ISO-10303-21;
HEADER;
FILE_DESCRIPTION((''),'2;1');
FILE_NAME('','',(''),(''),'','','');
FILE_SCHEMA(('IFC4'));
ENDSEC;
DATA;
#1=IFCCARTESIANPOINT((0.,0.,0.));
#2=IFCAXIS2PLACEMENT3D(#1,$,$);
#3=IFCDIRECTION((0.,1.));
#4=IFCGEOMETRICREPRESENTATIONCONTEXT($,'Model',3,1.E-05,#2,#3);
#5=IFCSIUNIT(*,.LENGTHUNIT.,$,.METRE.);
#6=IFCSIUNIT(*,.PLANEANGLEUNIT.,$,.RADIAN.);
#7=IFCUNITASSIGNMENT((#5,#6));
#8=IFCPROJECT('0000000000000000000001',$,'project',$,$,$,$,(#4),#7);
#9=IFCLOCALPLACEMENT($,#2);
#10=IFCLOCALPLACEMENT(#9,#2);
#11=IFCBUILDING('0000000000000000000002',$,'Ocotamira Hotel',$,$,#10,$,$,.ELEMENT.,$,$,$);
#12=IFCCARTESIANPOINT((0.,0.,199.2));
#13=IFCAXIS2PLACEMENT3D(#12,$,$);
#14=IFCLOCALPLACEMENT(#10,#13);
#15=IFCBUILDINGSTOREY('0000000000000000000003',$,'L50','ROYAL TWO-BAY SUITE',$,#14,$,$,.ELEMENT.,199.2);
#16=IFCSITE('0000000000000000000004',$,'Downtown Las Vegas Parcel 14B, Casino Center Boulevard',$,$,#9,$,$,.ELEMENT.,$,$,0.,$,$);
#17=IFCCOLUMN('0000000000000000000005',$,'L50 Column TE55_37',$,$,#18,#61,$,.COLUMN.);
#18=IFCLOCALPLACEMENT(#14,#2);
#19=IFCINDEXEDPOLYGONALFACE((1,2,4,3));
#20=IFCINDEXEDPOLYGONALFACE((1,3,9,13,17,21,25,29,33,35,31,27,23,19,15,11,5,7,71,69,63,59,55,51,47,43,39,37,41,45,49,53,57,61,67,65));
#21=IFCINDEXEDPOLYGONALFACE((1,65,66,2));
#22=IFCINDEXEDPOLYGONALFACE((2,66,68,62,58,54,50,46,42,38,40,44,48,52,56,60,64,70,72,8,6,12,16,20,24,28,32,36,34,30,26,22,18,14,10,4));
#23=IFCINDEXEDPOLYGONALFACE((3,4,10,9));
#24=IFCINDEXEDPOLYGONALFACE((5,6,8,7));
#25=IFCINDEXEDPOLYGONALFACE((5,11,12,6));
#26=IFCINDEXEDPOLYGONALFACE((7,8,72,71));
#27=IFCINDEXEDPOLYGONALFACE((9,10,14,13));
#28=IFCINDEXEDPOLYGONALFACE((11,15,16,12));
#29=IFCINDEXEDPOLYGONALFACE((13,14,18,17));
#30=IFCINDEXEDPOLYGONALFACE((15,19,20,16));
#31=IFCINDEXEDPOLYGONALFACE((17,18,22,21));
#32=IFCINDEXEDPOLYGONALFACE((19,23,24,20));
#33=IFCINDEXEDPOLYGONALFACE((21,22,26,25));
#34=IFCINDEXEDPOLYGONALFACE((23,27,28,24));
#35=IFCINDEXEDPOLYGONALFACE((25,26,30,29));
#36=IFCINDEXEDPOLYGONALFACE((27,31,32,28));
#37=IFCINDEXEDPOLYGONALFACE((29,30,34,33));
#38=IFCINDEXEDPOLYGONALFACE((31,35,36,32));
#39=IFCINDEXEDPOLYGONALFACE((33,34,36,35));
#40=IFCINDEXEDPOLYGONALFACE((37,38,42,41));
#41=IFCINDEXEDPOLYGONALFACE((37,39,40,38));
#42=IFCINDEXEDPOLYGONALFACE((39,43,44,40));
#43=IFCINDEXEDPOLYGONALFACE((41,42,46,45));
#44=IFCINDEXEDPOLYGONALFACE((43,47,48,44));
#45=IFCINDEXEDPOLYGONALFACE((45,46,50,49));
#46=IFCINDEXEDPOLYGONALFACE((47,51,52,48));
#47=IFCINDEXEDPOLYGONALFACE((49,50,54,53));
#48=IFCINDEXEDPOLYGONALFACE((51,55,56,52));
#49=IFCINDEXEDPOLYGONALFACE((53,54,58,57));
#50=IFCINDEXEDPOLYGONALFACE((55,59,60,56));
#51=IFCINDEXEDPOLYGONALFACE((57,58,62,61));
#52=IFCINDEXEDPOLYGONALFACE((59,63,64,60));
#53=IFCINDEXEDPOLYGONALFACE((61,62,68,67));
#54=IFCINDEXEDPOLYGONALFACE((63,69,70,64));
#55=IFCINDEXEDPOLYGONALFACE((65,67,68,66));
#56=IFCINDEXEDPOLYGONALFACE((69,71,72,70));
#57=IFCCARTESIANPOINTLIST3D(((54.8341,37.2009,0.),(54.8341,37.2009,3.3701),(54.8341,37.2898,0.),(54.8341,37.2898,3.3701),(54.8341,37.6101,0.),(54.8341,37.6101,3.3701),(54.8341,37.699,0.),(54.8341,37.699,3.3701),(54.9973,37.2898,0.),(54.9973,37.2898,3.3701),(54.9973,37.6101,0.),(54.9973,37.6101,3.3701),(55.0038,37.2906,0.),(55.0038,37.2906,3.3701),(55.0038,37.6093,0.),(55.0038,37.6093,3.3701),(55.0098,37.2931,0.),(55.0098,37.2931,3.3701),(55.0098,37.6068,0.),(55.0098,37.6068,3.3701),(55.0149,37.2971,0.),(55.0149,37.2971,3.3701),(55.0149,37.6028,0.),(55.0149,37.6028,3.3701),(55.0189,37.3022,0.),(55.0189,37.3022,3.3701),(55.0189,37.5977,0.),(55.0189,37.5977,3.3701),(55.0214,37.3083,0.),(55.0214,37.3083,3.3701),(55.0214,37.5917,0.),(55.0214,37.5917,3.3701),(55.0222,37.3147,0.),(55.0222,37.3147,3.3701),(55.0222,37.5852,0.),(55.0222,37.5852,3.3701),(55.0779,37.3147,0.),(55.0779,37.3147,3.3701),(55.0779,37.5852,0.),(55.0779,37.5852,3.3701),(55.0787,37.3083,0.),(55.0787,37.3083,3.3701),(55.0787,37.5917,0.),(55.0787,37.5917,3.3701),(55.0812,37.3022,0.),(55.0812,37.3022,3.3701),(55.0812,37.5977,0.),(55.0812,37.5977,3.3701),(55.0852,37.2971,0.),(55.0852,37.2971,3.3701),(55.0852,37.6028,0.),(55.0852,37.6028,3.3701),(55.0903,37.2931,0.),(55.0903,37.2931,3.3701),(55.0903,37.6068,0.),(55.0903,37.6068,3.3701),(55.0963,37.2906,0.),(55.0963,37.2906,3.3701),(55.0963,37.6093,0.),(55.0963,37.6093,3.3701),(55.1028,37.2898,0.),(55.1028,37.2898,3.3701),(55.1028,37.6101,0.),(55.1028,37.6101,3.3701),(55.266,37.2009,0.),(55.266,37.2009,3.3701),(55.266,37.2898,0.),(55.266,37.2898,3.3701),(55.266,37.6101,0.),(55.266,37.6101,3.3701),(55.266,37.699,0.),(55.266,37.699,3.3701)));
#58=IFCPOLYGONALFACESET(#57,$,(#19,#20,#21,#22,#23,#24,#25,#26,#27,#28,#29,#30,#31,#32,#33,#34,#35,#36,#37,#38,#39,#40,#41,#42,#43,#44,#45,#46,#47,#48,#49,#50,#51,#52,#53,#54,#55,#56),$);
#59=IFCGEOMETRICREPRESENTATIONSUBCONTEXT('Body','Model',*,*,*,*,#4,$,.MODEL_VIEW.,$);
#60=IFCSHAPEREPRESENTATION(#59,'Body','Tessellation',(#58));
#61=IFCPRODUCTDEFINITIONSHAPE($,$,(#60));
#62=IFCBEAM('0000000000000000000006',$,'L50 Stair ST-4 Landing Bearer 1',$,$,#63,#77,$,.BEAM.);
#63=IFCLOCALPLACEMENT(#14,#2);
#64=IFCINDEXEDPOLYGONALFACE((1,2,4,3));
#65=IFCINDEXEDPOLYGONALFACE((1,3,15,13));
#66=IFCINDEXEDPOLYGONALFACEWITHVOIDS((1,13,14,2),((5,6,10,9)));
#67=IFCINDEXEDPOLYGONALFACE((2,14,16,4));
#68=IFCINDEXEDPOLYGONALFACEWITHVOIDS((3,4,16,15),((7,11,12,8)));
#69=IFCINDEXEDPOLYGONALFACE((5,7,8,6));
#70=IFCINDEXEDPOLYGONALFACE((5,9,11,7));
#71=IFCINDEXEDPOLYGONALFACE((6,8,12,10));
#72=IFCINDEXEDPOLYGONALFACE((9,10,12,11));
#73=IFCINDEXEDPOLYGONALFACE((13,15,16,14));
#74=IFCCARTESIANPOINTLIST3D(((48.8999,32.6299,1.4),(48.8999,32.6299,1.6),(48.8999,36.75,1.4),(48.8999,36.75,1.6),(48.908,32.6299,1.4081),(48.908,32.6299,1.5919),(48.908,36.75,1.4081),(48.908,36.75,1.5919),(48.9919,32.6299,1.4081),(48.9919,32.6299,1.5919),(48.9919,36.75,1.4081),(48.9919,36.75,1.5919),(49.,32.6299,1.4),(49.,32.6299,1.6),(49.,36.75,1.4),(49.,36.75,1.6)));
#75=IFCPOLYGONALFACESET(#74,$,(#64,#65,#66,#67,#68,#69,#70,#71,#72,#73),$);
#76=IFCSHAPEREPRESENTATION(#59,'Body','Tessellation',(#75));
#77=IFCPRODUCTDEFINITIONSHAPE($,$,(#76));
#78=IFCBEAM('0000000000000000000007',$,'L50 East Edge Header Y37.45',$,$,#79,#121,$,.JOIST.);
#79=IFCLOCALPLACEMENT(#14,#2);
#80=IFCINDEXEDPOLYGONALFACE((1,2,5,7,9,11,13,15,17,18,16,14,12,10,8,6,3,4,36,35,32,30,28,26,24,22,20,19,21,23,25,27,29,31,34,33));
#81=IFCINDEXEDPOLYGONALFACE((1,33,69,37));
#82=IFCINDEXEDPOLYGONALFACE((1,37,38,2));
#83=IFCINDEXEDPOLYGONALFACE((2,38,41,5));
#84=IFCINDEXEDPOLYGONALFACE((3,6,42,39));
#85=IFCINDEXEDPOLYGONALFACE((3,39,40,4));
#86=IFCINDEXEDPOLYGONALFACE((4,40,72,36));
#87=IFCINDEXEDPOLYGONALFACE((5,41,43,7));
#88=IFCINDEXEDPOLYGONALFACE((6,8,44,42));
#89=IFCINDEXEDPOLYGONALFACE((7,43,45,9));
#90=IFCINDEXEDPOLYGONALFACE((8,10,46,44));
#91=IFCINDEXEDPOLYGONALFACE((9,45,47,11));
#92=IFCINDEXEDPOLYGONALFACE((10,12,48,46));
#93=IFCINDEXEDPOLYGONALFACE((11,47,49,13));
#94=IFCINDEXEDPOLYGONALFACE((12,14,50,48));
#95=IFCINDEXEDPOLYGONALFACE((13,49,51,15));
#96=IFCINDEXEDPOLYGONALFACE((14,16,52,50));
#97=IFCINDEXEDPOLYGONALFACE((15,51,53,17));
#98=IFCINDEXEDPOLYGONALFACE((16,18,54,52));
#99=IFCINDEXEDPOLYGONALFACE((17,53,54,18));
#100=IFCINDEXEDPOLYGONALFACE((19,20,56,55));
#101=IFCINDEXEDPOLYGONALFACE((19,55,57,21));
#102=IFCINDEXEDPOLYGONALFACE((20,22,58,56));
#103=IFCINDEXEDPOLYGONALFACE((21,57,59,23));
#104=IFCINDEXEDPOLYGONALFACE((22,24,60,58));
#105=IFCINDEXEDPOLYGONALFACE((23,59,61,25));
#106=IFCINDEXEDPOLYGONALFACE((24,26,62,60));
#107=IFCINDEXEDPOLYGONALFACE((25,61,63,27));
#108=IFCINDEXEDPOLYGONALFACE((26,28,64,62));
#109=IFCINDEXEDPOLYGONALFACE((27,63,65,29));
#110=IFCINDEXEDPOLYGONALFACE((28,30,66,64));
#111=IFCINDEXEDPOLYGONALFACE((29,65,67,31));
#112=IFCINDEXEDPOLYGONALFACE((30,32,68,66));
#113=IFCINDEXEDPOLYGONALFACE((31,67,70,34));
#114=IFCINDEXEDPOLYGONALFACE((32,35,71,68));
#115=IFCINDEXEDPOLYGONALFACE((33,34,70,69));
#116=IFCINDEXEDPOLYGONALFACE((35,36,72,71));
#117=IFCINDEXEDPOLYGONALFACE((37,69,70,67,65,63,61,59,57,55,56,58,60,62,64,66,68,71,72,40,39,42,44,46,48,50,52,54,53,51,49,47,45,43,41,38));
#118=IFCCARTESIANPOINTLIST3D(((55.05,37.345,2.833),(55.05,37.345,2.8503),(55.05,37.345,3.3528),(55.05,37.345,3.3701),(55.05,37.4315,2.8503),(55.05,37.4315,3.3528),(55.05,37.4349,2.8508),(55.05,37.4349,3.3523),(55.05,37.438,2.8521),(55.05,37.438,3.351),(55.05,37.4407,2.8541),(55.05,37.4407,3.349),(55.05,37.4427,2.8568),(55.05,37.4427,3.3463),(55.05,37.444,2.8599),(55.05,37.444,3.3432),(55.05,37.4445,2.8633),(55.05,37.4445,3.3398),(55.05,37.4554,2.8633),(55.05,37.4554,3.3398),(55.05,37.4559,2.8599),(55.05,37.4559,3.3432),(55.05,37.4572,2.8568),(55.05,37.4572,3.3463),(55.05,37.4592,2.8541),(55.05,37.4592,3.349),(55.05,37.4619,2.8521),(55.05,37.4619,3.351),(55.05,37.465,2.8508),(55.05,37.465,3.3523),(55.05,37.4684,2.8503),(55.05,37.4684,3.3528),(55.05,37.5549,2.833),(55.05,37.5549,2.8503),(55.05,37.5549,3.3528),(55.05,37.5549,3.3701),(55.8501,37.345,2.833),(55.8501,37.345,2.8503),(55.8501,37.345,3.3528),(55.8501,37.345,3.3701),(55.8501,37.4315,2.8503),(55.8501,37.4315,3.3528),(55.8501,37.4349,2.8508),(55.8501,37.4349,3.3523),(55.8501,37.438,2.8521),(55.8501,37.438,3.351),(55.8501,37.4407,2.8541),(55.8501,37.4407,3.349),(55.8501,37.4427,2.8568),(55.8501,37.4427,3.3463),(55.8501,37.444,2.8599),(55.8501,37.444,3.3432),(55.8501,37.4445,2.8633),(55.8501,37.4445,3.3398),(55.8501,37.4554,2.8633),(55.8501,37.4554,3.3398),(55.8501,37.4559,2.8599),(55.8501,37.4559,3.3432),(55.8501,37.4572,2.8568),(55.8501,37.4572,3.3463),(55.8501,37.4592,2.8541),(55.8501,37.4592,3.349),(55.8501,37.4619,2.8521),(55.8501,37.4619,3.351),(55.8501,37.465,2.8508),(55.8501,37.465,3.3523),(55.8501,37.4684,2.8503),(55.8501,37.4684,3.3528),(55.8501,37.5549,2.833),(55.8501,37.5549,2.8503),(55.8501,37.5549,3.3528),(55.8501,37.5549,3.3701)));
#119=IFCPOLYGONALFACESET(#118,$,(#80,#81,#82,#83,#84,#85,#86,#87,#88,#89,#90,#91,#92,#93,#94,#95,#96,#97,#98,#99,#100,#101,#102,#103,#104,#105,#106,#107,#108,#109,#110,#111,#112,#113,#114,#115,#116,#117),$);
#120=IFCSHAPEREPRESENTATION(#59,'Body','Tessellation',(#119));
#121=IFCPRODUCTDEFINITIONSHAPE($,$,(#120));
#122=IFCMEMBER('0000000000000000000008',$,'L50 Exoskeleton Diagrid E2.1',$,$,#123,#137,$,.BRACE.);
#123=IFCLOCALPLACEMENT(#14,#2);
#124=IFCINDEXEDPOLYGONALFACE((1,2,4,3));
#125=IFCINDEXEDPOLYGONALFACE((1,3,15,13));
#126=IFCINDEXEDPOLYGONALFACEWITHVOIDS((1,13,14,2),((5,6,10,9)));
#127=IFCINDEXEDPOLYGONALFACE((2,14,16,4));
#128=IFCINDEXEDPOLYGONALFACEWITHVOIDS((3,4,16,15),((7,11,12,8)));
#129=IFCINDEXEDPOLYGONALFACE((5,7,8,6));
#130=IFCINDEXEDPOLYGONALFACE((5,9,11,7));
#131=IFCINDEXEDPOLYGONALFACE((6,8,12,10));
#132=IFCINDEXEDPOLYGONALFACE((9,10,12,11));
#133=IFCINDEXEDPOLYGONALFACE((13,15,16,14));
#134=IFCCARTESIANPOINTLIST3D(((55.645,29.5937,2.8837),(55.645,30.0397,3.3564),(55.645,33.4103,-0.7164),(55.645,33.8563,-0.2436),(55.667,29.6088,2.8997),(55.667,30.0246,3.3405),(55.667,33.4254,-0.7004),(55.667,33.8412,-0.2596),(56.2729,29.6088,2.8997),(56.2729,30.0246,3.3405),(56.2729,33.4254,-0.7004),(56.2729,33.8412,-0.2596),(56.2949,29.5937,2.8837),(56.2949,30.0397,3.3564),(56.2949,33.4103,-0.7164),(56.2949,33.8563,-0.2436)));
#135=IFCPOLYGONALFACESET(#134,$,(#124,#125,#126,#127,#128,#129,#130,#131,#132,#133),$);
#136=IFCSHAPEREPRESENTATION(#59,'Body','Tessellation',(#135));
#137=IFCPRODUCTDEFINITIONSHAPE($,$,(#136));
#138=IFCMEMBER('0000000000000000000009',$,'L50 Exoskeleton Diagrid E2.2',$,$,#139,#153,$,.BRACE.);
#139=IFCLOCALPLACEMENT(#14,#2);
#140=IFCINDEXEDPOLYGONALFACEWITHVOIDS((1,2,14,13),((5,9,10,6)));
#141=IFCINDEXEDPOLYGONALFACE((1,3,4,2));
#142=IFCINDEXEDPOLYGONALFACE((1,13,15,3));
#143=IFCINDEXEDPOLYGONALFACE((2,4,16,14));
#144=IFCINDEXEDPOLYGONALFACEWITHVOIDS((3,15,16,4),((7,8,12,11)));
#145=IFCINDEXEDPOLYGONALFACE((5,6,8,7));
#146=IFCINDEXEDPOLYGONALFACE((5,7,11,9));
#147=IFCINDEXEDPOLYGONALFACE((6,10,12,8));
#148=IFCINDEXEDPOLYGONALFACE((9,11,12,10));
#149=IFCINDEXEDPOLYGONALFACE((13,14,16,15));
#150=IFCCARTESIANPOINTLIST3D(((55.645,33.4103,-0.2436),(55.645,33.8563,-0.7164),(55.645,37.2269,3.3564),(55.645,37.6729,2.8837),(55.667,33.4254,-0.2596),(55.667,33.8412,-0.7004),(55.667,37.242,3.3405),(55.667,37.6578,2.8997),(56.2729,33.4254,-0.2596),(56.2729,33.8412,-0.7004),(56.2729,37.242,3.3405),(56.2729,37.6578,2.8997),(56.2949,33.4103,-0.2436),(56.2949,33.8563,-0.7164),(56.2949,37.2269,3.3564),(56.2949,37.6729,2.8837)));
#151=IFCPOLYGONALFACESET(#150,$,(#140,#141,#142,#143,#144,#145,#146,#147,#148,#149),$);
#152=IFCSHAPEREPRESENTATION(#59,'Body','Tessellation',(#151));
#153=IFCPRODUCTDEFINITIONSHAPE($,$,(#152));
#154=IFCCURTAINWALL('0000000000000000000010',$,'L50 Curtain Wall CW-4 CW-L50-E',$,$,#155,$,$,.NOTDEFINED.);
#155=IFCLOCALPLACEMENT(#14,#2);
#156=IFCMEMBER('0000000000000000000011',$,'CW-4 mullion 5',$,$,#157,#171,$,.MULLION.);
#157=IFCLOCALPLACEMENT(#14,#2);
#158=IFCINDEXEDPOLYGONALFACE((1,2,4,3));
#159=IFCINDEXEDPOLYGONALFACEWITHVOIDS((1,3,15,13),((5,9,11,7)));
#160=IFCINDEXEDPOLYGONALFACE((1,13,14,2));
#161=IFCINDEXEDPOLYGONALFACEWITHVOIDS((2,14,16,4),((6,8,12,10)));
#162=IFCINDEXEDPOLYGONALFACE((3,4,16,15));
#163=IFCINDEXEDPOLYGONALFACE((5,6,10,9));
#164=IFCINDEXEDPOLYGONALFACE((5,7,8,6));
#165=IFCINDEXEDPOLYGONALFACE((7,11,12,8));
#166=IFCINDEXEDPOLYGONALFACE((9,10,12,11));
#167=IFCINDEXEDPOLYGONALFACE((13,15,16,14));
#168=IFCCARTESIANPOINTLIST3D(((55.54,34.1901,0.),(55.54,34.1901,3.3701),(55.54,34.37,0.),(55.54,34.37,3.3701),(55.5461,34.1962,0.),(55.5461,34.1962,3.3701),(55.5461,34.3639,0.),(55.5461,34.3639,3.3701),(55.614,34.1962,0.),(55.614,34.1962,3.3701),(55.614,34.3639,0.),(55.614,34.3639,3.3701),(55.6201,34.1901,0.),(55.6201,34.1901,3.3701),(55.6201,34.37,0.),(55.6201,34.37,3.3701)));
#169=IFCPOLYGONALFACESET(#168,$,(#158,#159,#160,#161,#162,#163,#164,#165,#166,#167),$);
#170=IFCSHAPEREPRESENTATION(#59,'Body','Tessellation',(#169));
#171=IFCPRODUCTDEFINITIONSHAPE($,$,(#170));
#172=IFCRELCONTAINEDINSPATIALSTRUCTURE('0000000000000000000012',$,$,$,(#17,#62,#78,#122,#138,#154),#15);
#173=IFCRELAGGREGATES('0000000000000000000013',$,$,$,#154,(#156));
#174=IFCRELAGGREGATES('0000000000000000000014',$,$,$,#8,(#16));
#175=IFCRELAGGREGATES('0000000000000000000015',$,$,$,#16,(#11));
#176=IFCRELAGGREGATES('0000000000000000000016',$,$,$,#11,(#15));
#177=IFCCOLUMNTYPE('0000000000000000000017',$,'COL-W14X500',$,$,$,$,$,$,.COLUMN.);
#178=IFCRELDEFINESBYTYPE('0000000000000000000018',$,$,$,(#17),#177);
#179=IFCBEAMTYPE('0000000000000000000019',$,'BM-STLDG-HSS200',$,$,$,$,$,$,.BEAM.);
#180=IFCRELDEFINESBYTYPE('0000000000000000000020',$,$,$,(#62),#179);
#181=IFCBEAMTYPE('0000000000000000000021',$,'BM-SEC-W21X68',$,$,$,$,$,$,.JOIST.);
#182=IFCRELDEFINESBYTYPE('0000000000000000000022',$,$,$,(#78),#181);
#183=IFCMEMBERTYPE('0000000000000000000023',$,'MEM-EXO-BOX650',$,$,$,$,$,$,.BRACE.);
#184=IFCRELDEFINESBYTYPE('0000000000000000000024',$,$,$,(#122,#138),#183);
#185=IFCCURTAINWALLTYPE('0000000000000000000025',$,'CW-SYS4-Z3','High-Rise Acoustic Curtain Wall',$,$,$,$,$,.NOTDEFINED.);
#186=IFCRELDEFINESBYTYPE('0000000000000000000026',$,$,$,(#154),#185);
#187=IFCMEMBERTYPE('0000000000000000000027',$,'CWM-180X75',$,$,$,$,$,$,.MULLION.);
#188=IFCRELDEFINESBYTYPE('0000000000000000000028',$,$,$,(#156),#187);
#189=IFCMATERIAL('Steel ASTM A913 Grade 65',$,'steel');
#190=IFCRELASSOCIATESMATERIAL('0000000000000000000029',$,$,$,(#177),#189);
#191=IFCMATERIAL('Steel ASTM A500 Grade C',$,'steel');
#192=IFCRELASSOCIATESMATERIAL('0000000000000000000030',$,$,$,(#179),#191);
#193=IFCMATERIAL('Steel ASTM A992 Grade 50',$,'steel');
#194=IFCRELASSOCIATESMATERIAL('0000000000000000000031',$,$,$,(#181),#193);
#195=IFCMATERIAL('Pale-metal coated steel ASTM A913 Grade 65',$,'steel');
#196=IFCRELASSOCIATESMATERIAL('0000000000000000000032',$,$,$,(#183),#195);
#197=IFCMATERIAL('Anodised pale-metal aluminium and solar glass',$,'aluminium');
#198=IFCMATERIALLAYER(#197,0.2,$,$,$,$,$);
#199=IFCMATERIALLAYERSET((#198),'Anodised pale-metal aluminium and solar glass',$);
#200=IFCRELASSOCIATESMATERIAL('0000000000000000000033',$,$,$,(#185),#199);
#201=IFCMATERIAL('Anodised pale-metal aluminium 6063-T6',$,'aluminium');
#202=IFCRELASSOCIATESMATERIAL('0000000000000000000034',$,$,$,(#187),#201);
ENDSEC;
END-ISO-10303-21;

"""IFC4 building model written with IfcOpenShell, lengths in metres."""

from ifc_helpers import new_model, si_unit, direction, frame, origin, origin_2d, place, context, subcontext, project, spatial, hollow_rectangle, i_section, extrude, source, transform, mapped, material, layer, layer_set, material_profile, profile_set, type_object, element, aggregate, save


model = new_model("IFC4")

# Units and contexts
model_context = context("Model", 3, precision=1e-05, world=origin(), true_north=direction((0.0, 1.0)))
body_context = subcontext(model_context, "Body", "Model", "MODEL_VIEW")
ifc_project = project(units=[si_unit("LENGTHUNIT", "METRE"), si_unit("PLANEANGLEUNIT", "RADIAN")], contexts=[model_context])

# Site, building, storey
site_placement = place(None, origin())
site = spatial("IfcSite", under=ifc_project, at=site_placement, Name="Downtown Las Vegas Parcel 14B, Casino Center Boulevard", CompositionType="ELEMENT", RefElevation=0.0)
building_placement = place(site_placement, origin())
building = spatial("IfcBuilding", under=site, at=building_placement, Name="Ocotamira Hotel", CompositionType="ELEMENT")
storey_placement = place(building_placement, frame((0.0, 0.0, 199.2)))
storey = spatial("IfcBuildingStorey", under=building, at=storey_placement, Name="L50", Description="ROYAL TWO-BAY SUITE", CompositionType="ELEMENT", Elevation=199.2)

# Column
ifc_material_1 = material(Name="Steel ASTM A913 Grade 65", Category="steel")
ifc_material_profile_1 = material_profile(ifc_material_1, i_section(OverallWidth=0.4319, OverallDepth=0.498, WebThickness=0.0557, FlangeThickness=0.0889, FilletRadius=0.0249, at=origin_2d()), Name="W14X500")
ifc_profile_set_1 = profile_set([ifc_material_profile_1], Name="Steel ASTM A913 Grade 65")
column_type = type_object("IfcColumnType", Name="COL-W14X500", PredefinedType="COLUMN", material=ifc_profile_set_1)
shared_shape_1 = source(origin(), body_context, "Body", "SweptSolid", [
    extrude(i_section(OverallWidth=0.4319, OverallDepth=0.498, WebThickness=0.0557, FlangeThickness=0.0889, FilletRadius=0.0249, at=origin_2d()), origin(), (0.0, 0.0, 1.0), 3.3701),
])
column_placement = place(storey_placement, frame((55.05, 37.45, 0.0), z_axis=(0.0, 0.0, 1.0), x_axis=(1.0, 0.0, 0.0)))
element("IfcColumn", 1, at=column_placement, inside=storey, type_object=column_type, Name="L50 Column TE55_37", PredefinedType="COLUMN", context=body_context, shape_type="MappedRepresentation", body=[
    mapped(shared_shape_1, transform((0.0, 0.0, 0.0), scale=1.0)),
])

# Beams
ifc_material_2 = material(Name="Steel ASTM A500 Grade C", Category="steel")
ifc_material_profile_2 = material_profile(ifc_material_2, hollow_rectangle(XDim=0.1001, YDim=0.2, WallThickness=0.0081, at=origin_2d()), Name="HSS200X100X8")
ifc_profile_set_2 = profile_set([ifc_material_profile_2], Name="Steel ASTM A500 Grade C")
beam_type_1 = type_object("IfcBeamType", Name="BM-STLDG-HSS200", PredefinedType="BEAM", material=ifc_profile_set_2)
shared_shape_2 = source(origin(), body_context, "Body", "SweptSolid", [
    extrude(hollow_rectangle(XDim=0.1001, YDim=0.2, WallThickness=0.0081, at=origin_2d()), origin(), (0.0, 0.0, 1.0), 4.1201),
])
beam_1_placement = place(storey_placement, frame((48.95, 32.6299, 1.5), z_axis=(0.0, 1.0, 0.0), x_axis=(-1.0, 0.0, 0.0)))
element("IfcBeam", 2, at=beam_1_placement, inside=storey, type_object=beam_type_1, Name="L50 Stair ST-4 Landing Bearer 1", PredefinedType="BEAM", context=body_context, shape_type="MappedRepresentation", body=[
    mapped(shared_shape_2, transform((0.0, 0.0, 0.0), scale=1.0)),
])
ifc_material_3 = material(Name="Steel ASTM A992 Grade 50", Category="steel")
ifc_material_profile_3 = material_profile(ifc_material_3, i_section(OverallWidth=0.21, OverallDepth=0.5371, WebThickness=0.011, FlangeThickness=0.0173, FilletRadius=0.0129, at=origin_2d()), Name="W21X68")
ifc_profile_set_3 = profile_set([ifc_material_profile_3], Name="Steel ASTM A992 Grade 50")
beam_type_2 = type_object("IfcBeamType", Name="BM-SEC-W21X68", PredefinedType="JOIST", material=ifc_profile_set_3)
shared_shape_3 = source(origin(), body_context, "Body", "SweptSolid", [
    extrude(i_section(OverallWidth=0.21, OverallDepth=0.5371, WebThickness=0.011, FlangeThickness=0.0173, FilletRadius=0.0129, at=origin_2d()), origin(), (0.0, 0.0, 1.0), 0.8),
])
beam_2_placement = place(storey_placement, frame((55.05, 37.45, 3.1016), z_axis=(1.0, 0.0, 0.0), x_axis=(0.0, 1.0, 0.0)))
element("IfcBeam", 3, at=beam_2_placement, inside=storey, type_object=beam_type_2, Name="L50 East Edge Header Y37.45", PredefinedType="JOIST", context=body_context, shape_type="MappedRepresentation", body=[
    mapped(shared_shape_3, transform((0.0, 0.0, 0.0), scale=1.0)),
])

# Members
ifc_material_4 = material(Name="Pale-metal coated steel ASTM A913 Grade 65", Category="steel")
ifc_material_profile_4 = material_profile(ifc_material_4, hollow_rectangle(XDim=0.6499, YDim=0.6499, WallThickness=0.022, at=origin_2d()), Name="BOX650X650X22")
ifc_profile_set_4 = profile_set([ifc_material_profile_4], Name="Pale-metal coated steel ASTM A913 Grade 65")
member_type_1 = type_object("IfcMemberType", Name="MEM-EXO-BOX650", PredefinedType="BRACE", material=ifc_profile_set_4)
shared_shape_4 = source(origin(), body_context, "Body", "SweptSolid", [
    extrude(hollow_rectangle(XDim=0.6499, YDim=0.6499, WallThickness=0.022, at=origin_2d()), origin(), (0.0, 0.0, 1.0), 5.2466),
])
for number, where, z_axis, x_axis, name in (
    (4, (55.97, 33.6333, -0.48), (0.0, -0.727443, 0.686168), (1.0, 0.0, 0.0), "L50 Exoskeleton Diagrid E2.1"),
    (5, (55.97, 33.6333, -0.48), (0.0, 0.727443, 0.686168), (-1.0, 0.0, 0.0), "L50 Exoskeleton Diagrid E2.2"),
):
    element("IfcMember", number, at=place(storey_placement, frame(where, z_axis=z_axis, x_axis=x_axis)), inside=storey, type_object=member_type_1, Name=name, PredefinedType="BRACE", context=body_context, shape_type="MappedRepresentation", body=[
        mapped(shared_shape_4, transform((0.0, 0.0, 0.0), scale=1.0)),
    ])

# Curtain wall, member
ifc_material_5 = material(Name="Anodised pale-metal aluminium and solar glass", Category="aluminium")
ifc_layer_1 = layer(ifc_material_5, 0.2)
ifc_layer_set_1 = layer_set([ifc_layer_1], Name="Anodised pale-metal aluminium and solar glass")
curtain_wall_type = type_object("IfcCurtainWallType", Name="CW-SYS4-Z3", Description="High-Rise Acoustic Curtain Wall", PredefinedType="NOTDEFINED", material=ifc_layer_set_1)
curtain_wall_placement = place(storey_placement, origin())
curtain_wall = element("IfcCurtainWall", 6, at=curtain_wall_placement, inside=storey, type_object=curtain_wall_type, Name="L50 Curtain Wall CW-4 CW-L50-E", PredefinedType="NOTDEFINED")
ifc_material_6 = material(Name="Anodised pale-metal aluminium 6063-T6", Category="aluminium")
ifc_material_profile_5 = material_profile(ifc_material_6, hollow_rectangle(XDim=0.0801, YDim=0.1799, WallThickness=0.0061, at=origin_2d()), Name="HSS180X80X6")
ifc_profile_set_5 = profile_set([ifc_material_profile_5], Name="Anodised pale-metal aluminium 6063-T6")
member_type_2 = type_object("IfcMemberType", Name="CWM-180X75", PredefinedType="MULLION", material=ifc_profile_set_5)
shared_shape_5 = source(origin(), body_context, "Body", "SweptSolid", [
    extrude(hollow_rectangle(XDim=0.0801, YDim=0.1799, WallThickness=0.0061, at=origin_2d()), origin(), (0.0, 0.0, 1.0), 3.3701),
])
member_1_placement = place(storey_placement, frame((55.5801, 34.28, 0.0), z_axis=(0.0, 0.0, 1.0), x_axis=(-1.0, 0.0, 0.0)))
member_1 = element("IfcMember", 7, at=member_1_placement, type_object=member_type_2, Name="CW-4 mullion 5", PredefinedType="MULLION", context=body_context, shape_type="MappedRepresentation", body=[
    mapped(shared_shape_5, transform((0.0, 0.0, 0.0), scale=1.0)),
])

aggregate(curtain_wall, [member_1])

save(model, "model.ifc")
